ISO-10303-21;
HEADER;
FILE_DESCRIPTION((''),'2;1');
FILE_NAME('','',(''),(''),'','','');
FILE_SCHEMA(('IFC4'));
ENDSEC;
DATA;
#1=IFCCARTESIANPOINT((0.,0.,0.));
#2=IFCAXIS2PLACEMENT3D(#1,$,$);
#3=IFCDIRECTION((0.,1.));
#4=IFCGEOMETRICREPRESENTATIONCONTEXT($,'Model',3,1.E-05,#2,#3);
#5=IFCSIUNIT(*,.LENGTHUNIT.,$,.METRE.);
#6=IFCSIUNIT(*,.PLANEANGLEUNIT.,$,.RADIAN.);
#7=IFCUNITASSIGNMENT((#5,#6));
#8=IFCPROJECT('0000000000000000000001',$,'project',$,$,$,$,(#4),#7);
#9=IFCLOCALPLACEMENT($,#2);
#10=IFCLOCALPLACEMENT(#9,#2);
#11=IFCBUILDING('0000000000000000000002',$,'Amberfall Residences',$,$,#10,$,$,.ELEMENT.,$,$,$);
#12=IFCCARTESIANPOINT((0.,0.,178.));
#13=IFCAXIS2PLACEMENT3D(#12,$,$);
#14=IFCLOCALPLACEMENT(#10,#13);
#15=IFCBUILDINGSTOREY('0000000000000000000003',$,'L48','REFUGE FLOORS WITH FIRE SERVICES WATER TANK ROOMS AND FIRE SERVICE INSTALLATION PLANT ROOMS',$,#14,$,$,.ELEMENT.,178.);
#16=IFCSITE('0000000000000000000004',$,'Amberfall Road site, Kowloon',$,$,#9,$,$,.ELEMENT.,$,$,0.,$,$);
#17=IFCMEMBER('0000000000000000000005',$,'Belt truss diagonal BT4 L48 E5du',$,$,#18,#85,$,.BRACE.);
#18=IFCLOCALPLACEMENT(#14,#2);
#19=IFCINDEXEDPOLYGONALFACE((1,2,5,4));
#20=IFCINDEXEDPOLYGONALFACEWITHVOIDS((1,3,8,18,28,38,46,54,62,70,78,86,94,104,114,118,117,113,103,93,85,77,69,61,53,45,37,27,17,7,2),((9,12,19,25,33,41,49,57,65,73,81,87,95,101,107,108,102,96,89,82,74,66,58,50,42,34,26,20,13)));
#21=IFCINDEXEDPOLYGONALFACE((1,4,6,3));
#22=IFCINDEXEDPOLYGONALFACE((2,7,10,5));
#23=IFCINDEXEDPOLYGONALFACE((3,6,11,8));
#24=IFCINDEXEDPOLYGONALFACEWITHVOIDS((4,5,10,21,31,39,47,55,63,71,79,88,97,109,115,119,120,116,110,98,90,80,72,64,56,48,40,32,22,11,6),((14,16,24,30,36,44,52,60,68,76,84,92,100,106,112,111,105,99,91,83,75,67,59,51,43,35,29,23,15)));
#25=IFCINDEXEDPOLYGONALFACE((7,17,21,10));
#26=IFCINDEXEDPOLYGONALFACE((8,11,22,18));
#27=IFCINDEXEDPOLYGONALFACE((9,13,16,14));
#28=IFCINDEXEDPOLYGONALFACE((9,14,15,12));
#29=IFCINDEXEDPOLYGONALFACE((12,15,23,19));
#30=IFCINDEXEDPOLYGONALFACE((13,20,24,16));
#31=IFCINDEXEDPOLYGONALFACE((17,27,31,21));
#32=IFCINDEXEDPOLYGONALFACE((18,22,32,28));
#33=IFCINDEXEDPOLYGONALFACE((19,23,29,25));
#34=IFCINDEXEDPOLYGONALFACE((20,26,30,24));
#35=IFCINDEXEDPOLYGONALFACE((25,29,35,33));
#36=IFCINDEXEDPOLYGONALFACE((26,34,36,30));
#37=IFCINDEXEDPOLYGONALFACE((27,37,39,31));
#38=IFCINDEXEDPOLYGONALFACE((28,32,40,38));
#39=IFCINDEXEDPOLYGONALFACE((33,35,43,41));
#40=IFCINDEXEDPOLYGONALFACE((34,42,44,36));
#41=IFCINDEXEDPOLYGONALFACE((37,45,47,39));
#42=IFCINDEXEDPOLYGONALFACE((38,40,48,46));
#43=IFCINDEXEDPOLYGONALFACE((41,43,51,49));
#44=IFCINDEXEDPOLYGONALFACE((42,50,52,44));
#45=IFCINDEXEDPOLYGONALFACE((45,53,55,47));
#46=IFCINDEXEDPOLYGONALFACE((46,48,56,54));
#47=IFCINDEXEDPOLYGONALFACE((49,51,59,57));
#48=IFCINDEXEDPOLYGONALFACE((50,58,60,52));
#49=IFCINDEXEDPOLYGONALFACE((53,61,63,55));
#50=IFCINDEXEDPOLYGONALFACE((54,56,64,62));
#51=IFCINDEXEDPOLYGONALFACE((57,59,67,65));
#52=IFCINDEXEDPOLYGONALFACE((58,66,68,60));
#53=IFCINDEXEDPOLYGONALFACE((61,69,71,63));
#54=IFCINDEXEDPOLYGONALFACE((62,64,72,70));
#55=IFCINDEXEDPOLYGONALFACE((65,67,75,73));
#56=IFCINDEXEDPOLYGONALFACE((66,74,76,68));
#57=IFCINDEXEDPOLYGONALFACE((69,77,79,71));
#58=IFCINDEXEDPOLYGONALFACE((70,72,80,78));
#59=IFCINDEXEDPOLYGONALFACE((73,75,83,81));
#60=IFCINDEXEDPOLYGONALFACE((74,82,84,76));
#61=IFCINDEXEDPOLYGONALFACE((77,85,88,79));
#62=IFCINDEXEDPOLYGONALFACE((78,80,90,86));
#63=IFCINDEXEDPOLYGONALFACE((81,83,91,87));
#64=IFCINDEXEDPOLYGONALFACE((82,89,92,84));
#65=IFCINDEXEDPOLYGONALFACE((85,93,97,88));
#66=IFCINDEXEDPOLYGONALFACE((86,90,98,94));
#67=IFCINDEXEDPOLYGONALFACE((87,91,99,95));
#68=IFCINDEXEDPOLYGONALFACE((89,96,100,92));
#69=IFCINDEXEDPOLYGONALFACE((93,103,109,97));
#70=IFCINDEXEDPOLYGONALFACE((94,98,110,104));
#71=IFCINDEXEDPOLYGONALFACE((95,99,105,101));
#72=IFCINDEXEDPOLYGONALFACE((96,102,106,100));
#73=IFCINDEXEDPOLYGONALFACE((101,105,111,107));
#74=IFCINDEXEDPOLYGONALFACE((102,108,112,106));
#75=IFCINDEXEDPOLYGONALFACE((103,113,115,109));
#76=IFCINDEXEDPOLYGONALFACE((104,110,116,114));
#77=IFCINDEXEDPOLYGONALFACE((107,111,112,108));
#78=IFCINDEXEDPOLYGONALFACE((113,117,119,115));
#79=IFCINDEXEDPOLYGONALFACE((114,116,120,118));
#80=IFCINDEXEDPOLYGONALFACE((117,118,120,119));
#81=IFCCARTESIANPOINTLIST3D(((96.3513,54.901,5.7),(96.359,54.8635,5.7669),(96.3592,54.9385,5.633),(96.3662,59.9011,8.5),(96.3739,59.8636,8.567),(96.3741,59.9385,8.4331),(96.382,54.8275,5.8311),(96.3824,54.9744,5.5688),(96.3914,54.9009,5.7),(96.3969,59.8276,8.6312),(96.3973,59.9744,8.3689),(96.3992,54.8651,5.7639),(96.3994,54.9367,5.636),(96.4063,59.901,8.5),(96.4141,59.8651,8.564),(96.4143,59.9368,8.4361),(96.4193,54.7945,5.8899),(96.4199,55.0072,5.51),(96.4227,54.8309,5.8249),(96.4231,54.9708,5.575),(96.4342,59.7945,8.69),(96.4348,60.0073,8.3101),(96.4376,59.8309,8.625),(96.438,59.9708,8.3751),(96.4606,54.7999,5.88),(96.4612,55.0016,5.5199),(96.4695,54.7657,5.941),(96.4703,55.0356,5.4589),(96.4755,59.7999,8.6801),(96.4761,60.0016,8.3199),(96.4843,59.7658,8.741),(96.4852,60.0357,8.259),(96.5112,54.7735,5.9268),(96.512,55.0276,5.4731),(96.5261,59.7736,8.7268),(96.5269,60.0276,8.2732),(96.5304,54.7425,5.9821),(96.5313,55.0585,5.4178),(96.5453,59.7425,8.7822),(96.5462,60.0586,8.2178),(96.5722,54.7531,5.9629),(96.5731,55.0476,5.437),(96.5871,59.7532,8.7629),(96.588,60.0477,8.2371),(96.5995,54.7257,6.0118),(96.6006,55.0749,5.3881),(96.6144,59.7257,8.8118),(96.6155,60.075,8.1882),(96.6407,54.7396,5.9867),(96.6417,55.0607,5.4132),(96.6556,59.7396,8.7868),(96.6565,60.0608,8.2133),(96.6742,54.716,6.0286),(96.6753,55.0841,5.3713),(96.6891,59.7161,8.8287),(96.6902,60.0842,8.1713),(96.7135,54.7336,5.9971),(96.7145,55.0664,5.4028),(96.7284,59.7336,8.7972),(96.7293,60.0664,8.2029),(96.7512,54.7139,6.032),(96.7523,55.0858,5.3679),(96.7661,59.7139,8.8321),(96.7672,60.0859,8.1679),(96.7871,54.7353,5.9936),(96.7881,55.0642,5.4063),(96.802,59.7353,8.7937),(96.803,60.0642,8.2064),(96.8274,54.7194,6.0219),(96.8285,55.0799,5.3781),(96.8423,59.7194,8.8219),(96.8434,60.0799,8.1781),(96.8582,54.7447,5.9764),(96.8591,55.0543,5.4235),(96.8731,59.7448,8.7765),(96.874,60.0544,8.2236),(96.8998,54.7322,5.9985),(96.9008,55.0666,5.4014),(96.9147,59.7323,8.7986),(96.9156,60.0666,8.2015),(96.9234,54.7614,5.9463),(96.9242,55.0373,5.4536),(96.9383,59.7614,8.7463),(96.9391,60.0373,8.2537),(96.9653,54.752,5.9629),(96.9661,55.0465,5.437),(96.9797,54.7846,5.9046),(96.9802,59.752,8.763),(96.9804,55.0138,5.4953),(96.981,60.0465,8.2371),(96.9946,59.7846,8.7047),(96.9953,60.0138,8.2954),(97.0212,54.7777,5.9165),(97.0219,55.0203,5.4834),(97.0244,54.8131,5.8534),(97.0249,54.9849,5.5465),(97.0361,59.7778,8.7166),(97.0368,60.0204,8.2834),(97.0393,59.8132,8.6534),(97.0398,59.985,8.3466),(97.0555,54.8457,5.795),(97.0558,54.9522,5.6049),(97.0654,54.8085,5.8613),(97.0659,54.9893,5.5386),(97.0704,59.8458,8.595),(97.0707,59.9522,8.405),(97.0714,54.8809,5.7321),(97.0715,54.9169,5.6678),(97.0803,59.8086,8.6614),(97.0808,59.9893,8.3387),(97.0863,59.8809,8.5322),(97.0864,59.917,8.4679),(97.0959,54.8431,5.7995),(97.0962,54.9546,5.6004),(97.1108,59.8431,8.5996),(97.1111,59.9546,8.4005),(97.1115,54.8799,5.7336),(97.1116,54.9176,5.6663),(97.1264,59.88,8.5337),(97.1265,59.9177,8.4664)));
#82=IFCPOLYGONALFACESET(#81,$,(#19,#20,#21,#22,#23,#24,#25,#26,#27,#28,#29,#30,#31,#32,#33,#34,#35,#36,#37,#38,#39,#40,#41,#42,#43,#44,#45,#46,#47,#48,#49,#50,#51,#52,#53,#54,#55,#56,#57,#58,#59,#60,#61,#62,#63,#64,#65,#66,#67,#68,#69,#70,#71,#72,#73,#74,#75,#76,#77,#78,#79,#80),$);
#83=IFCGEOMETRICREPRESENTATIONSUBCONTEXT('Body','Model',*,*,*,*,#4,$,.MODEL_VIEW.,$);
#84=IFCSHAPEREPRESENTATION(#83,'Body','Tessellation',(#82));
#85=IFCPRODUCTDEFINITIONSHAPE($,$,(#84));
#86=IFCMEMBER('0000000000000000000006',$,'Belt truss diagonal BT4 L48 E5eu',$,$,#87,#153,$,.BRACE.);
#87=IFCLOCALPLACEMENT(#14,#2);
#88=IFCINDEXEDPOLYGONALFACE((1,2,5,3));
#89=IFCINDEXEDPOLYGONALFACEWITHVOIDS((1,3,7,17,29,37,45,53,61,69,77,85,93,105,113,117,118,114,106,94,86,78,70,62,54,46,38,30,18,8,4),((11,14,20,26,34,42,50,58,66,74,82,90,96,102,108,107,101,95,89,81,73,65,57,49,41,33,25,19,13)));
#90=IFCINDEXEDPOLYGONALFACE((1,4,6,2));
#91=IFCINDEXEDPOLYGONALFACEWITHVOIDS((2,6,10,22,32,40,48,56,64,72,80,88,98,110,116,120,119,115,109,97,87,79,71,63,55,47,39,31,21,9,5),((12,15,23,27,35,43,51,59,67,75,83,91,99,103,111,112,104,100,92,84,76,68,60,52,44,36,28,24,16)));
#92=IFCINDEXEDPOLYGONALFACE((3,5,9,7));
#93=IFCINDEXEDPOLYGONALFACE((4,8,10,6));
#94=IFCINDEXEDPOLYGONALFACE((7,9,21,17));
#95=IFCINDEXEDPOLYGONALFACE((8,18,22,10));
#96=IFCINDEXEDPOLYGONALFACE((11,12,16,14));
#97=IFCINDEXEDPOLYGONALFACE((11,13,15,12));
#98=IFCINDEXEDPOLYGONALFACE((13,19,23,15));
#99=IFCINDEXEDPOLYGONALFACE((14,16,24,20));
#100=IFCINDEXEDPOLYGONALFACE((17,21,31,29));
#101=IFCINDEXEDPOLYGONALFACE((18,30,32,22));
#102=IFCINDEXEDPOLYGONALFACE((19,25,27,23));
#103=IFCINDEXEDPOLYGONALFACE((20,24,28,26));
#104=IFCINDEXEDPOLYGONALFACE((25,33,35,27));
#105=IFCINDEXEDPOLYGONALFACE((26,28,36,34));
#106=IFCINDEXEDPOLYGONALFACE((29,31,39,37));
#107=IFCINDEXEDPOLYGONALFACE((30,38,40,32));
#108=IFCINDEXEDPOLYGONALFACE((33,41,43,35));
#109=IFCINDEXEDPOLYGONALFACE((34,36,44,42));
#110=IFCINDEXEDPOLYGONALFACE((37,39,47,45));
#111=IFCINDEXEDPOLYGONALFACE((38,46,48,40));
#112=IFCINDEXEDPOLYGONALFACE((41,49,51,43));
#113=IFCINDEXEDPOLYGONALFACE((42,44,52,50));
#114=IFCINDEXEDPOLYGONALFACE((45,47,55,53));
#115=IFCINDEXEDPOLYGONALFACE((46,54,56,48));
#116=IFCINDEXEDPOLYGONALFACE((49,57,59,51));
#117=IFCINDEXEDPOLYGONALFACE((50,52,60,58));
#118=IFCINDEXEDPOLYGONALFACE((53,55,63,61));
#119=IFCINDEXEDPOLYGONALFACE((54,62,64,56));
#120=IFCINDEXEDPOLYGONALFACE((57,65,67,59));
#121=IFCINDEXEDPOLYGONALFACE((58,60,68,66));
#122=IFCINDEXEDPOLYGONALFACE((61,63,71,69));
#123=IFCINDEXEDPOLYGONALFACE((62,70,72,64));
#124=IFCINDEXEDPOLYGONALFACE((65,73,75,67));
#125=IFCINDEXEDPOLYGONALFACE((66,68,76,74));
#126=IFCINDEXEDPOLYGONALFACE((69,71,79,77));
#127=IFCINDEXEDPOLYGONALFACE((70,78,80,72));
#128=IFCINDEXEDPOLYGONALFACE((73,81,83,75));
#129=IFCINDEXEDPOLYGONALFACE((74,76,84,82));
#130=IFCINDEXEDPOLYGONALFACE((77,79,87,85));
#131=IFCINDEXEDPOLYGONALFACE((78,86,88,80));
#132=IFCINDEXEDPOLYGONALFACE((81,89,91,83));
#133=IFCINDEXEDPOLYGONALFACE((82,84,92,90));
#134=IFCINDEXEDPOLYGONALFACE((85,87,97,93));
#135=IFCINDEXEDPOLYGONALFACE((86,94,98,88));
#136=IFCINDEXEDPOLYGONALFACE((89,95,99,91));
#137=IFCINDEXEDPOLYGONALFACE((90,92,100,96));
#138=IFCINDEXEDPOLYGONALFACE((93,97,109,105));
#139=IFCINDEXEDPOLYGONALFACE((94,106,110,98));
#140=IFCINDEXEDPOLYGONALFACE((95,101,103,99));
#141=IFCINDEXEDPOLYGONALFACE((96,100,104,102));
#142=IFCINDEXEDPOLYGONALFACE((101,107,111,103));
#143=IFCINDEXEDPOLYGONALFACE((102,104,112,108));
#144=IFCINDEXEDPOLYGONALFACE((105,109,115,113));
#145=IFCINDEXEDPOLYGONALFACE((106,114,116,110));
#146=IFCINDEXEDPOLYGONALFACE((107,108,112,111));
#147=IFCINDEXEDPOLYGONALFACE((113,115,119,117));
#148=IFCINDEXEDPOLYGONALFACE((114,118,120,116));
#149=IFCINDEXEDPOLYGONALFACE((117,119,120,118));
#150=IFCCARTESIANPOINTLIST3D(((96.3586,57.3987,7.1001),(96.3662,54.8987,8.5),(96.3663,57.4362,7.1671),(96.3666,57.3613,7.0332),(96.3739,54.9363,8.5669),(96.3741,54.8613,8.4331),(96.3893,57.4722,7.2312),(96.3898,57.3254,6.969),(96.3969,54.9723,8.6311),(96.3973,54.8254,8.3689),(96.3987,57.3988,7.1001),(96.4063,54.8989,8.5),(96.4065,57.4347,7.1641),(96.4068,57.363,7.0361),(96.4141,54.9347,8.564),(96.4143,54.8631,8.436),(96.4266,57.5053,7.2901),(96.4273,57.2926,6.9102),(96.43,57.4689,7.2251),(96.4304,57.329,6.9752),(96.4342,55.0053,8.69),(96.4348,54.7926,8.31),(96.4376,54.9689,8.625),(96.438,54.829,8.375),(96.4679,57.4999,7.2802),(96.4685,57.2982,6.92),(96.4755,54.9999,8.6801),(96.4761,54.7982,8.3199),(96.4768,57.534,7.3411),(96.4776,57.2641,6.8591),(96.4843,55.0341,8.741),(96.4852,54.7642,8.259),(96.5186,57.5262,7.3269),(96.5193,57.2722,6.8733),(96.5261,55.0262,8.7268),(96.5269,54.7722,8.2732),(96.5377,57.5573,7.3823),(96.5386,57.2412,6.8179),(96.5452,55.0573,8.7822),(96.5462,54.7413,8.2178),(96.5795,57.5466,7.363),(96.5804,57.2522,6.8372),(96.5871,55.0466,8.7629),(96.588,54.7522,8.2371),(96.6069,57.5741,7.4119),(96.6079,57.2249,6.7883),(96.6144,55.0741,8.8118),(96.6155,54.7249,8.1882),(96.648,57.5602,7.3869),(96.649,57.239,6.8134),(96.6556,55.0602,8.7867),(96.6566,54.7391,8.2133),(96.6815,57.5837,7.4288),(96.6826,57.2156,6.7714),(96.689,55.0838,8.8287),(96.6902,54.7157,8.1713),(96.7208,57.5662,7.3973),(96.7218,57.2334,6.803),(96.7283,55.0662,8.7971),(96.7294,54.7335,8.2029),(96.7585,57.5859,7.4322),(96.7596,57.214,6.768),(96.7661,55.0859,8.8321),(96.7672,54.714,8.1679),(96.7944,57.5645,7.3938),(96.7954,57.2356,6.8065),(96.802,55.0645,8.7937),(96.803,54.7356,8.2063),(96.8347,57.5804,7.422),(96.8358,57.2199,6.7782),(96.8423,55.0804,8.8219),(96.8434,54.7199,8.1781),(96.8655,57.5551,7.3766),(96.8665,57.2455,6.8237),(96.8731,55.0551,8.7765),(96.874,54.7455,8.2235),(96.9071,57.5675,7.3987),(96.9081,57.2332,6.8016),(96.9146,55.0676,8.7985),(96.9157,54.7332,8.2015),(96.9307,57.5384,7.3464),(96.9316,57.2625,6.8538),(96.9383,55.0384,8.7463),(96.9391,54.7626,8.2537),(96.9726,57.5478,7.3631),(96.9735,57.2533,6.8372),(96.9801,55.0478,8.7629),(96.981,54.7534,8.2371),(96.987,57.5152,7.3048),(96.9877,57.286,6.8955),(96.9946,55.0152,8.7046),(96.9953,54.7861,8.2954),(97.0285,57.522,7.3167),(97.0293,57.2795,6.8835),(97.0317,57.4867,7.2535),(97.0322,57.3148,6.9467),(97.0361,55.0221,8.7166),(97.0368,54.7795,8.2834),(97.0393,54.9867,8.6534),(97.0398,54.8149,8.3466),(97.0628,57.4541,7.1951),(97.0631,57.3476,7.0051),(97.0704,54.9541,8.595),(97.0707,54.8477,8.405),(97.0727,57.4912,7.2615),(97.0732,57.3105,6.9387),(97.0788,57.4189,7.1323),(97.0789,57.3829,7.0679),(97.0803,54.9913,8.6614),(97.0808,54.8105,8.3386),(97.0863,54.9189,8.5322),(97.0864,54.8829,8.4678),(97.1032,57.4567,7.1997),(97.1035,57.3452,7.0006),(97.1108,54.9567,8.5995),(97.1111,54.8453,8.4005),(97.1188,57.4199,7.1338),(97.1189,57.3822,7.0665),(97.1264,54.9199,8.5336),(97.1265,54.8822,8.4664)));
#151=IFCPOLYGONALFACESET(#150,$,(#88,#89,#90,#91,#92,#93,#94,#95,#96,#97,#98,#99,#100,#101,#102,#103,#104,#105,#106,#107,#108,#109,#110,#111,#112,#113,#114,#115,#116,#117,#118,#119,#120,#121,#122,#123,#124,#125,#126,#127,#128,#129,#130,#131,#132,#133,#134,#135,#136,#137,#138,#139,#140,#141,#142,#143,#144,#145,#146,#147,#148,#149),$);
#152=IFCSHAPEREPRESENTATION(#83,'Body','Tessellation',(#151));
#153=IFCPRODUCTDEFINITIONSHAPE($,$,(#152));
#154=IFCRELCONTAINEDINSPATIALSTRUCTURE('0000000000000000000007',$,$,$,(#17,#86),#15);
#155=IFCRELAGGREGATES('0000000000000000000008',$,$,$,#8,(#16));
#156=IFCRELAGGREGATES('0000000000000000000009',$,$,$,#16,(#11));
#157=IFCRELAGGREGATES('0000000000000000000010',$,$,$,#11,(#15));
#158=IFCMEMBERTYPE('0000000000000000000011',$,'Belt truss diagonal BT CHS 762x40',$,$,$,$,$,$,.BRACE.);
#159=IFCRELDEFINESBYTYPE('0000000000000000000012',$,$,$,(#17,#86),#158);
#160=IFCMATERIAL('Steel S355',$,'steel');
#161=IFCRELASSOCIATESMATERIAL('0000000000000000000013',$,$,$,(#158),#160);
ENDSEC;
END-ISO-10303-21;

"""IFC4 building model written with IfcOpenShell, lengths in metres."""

from ifc_helpers import new_model, si_unit, direction, frame, origin, origin_2d, place, context, subcontext, project, spatial, hollow_circle, extrude, material, material_profile, profile_set, type_object, element, save


model = new_model("IFC4")

# Units and contexts
model_context = context("Model", 3, precision=1e-05, world=origin(), true_north=direction((0.0, 1.0)))
body_context = subcontext(model_context, "Body", "Model", "MODEL_VIEW")
ifc_project = project(units=[si_unit("LENGTHUNIT", "METRE"), si_unit("PLANEANGLEUNIT", "RADIAN")], contexts=[model_context])

# Site, building, storey
site_placement = place(None, origin())
site = spatial("IfcSite", under=ifc_project, at=site_placement, Name="Amberfall Road site, Kowloon", CompositionType="ELEMENT", RefElevation=0.0)
building_placement = place(site_placement, origin())
building = spatial("IfcBuilding", under=site, at=building_placement, Name="Amberfall Residences", CompositionType="ELEMENT")
storey_placement = place(building_placement, frame((0.0, 0.0, 178.0)))
storey = spatial("IfcBuildingStorey", under=building, at=storey_placement, Name="L48", Description="REFUGE FLOORS WITH FIRE SERVICES WATER TANK ROOMS AND FIRE SERVICE INSTALLATION PLANT ROOMS", CompositionType="ELEMENT", Elevation=178.0)

# Shared definitions
ifc_material_1 = material(Name="Steel S355", Category="steel")

# Members
ifc_material_profile_1 = material_profile(ifc_material_1, hollow_circle(Radius=0.3811, WallThickness=0.04, at=origin_2d()), Name="CHS 762x40")
ifc_profile_set_1 = profile_set([ifc_material_profile_1], Name="Steel S355")
member_type_1 = type_object("IfcMemberType", Name="Belt truss diagonal BT CHS 762x40", PredefinedType="BRACE", material=ifc_profile_set_1)
member_1_placement = place(storey_placement, frame((96.7324, 54.8999, 5.7), z_axis=(0.002599, 0.872499, 0.488608), x_axis=(-0.999996, 0.002979, 0.0)))
element("IfcMember", 1, at=member_1_placement, inside=storey, type_object=member_type_1, Name="Belt truss diagonal BT4 L48 E5du", PredefinedType="BRACE", context=body_context, shape_type="SweptSolid", body=[
    extrude(hollow_circle(Radius=0.3811, WallThickness=0.04, at=origin_2d()), origin(), (0.0, 0.0, 1.0), 5.7307),
])
member_2_placement = place(storey_placement, frame((96.7473, 54.8999, 8.5), z_axis=(-0.002641, 0.872518, -0.488576), x_axis=(-0.999995, -0.003027, 0.0)))
element("IfcMember", 2, at=member_2_placement, inside=storey, type_object=member_type_1, Name="Belt truss diagonal BT4 L48 E5eu", PredefinedType="BRACE", context=body_context, shape_type="SweptSolid", body=[
    extrude(hollow_circle(Radius=0.3811, WallThickness=0.04, at=origin_2d()), origin(), (0.0, 0.0, 1.0), 2.8652),
])

save(model, "model.ifc")
